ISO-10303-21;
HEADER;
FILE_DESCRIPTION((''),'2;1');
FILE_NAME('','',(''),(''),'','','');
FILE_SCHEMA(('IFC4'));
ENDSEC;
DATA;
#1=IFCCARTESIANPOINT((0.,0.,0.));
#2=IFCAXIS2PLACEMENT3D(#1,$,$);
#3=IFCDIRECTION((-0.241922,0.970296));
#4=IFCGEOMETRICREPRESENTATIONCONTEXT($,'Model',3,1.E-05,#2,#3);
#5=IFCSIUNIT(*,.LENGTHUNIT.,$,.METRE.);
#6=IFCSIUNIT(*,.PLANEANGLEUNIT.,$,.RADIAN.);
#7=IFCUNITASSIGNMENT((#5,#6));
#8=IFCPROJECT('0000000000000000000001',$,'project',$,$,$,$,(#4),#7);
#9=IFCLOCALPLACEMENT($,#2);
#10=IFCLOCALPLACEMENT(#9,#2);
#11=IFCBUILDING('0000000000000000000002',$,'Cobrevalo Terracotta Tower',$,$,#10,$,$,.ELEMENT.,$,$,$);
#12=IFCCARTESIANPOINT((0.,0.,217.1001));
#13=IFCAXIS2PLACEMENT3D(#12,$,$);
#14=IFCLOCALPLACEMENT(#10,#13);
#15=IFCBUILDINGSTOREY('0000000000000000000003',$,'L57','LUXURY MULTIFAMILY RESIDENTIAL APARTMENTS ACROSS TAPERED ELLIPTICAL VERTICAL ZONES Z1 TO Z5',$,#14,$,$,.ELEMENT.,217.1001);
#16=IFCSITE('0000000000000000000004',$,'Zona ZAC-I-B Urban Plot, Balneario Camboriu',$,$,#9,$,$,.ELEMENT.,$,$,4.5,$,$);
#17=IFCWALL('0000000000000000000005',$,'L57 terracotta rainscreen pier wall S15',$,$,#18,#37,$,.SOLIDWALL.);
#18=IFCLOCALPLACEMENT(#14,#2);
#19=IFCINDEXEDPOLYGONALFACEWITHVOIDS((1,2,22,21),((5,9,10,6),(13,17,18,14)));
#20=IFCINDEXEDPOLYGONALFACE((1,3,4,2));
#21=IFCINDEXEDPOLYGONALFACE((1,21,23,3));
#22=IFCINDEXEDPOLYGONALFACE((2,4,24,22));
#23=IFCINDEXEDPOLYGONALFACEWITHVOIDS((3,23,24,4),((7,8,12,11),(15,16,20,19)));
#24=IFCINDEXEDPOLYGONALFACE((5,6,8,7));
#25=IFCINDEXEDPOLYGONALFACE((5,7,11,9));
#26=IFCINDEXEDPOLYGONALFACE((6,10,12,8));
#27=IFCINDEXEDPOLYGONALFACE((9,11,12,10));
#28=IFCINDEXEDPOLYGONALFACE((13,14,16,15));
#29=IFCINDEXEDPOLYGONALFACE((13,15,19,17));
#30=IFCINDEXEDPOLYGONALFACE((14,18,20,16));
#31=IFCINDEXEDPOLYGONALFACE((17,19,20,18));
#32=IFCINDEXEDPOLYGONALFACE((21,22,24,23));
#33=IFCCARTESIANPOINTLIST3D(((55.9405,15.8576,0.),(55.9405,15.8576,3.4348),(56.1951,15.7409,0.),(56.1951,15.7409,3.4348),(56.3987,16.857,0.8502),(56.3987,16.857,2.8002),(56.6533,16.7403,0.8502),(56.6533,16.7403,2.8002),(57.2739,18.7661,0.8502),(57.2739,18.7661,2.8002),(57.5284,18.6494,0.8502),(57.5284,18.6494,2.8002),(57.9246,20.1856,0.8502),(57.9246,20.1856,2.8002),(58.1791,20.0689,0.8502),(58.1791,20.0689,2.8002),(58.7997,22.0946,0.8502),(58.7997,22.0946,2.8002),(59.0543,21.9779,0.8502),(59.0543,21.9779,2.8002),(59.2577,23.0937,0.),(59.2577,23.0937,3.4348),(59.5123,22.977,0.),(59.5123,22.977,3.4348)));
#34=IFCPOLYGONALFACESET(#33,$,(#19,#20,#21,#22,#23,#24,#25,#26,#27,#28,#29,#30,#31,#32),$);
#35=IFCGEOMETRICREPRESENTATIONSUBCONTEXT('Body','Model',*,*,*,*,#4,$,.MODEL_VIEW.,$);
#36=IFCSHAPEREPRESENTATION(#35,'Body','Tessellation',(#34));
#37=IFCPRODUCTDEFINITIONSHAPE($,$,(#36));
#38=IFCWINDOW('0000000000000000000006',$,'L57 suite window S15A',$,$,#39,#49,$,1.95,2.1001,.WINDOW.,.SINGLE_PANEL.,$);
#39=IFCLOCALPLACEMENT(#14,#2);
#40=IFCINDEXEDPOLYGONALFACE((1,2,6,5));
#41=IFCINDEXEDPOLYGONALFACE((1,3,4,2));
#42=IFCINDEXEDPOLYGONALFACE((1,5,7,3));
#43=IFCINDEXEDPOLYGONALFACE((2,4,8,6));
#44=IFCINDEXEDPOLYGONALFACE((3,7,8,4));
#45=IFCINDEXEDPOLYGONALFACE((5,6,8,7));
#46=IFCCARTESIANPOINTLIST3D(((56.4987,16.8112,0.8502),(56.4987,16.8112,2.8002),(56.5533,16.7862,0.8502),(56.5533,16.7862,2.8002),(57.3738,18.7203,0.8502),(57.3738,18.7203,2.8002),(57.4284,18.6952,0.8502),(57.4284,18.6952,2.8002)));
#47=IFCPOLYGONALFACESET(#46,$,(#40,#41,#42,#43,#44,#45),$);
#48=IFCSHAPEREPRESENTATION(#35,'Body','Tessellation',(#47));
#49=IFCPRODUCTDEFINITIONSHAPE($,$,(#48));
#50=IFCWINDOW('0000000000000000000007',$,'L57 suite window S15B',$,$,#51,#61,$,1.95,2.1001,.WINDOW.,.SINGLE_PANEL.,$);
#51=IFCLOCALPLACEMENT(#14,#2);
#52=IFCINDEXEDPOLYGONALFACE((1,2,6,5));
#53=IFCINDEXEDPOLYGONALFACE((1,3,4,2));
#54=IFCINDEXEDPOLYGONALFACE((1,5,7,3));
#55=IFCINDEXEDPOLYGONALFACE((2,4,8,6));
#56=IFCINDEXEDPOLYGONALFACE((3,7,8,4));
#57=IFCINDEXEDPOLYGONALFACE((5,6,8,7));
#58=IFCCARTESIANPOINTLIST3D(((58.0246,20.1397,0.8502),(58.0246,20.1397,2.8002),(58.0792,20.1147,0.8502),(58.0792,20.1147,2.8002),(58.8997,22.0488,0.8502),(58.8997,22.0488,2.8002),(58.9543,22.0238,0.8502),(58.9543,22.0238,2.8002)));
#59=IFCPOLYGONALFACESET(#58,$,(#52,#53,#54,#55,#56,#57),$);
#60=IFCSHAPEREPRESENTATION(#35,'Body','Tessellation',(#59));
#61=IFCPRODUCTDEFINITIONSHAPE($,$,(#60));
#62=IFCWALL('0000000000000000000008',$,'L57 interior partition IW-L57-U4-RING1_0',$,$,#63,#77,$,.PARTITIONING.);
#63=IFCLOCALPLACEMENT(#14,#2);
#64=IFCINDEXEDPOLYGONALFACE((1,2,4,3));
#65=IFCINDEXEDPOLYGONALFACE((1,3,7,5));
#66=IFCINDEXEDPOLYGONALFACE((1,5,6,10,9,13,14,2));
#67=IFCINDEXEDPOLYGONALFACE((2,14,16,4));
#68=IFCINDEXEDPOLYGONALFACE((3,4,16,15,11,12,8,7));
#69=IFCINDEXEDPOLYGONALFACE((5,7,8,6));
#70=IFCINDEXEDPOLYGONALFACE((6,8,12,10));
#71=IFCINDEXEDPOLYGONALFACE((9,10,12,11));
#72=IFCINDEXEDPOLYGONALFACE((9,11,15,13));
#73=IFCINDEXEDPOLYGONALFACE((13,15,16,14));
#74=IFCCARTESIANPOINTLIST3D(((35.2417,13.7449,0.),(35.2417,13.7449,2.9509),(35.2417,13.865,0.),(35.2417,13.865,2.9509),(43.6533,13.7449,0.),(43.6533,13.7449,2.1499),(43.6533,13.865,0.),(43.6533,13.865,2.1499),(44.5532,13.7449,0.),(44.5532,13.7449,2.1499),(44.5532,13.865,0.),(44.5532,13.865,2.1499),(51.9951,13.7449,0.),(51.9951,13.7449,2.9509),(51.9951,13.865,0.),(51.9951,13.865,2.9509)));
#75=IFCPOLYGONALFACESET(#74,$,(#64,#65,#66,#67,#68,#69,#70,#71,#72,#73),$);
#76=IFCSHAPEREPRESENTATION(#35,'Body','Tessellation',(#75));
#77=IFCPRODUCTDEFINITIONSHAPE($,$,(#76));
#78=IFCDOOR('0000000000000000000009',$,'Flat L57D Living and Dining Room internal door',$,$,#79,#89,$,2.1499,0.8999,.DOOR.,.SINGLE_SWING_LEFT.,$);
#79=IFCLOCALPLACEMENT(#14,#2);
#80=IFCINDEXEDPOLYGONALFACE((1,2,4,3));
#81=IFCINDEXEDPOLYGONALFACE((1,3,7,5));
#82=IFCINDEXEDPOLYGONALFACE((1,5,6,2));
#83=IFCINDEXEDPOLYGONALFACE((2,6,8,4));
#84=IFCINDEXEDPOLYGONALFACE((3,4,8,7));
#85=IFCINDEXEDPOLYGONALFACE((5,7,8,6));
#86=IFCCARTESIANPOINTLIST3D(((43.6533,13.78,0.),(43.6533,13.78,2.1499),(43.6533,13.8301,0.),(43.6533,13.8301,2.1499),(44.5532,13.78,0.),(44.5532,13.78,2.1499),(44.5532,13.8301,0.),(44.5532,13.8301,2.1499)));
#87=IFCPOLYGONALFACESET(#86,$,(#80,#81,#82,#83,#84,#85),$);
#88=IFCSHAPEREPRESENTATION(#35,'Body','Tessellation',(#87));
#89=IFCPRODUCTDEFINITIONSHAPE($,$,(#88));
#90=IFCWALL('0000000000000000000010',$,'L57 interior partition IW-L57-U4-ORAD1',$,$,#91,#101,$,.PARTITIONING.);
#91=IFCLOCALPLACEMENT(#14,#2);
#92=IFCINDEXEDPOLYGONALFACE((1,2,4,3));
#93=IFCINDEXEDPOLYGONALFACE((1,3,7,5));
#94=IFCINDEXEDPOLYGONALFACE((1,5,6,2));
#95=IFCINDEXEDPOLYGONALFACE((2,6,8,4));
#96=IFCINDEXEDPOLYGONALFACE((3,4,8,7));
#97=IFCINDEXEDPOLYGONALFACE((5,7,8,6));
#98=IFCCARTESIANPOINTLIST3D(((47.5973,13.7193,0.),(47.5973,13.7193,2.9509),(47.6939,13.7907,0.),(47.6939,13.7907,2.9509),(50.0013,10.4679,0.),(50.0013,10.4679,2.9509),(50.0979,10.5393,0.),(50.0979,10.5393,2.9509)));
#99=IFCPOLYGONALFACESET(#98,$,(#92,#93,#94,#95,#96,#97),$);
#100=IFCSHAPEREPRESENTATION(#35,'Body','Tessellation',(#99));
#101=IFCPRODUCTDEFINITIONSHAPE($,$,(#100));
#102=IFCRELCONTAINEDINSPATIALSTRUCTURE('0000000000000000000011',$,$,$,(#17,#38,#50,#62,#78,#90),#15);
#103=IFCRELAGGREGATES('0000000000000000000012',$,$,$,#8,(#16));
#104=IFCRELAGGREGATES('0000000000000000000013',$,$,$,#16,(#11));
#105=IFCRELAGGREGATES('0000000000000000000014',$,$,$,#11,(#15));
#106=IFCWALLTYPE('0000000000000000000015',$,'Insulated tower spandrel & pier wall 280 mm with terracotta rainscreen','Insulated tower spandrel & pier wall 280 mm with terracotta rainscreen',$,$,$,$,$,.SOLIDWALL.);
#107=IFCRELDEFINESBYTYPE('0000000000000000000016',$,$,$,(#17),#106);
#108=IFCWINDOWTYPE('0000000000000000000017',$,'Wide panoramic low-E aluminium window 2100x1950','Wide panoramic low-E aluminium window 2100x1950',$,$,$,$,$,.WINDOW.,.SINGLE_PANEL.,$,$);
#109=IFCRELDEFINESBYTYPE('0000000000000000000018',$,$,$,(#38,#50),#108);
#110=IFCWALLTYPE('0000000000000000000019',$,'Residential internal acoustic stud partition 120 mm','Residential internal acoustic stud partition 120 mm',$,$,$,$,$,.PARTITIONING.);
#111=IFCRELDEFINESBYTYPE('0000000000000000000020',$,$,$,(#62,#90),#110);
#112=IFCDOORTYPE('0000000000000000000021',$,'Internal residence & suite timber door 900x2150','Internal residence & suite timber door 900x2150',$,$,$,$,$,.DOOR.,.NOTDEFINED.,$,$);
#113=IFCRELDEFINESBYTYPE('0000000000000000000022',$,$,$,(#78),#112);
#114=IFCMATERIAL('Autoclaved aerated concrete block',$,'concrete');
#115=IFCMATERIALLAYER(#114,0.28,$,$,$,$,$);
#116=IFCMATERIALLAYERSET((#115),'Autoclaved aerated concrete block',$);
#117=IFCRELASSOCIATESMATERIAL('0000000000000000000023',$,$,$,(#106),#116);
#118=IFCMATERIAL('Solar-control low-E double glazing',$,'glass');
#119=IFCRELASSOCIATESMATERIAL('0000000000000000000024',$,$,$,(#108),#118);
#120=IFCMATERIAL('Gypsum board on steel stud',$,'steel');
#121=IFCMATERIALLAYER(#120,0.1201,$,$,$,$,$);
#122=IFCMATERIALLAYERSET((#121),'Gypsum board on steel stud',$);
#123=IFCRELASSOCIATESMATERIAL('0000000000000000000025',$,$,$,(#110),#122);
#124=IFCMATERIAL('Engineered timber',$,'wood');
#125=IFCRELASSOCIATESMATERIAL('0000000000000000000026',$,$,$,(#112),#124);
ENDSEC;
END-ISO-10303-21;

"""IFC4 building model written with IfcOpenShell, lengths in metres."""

from ifc_helpers import new_model, si_unit, direction, frame, frame_2d, origin, place, context, subcontext, project, spatial, rectangle, extrude, source, transform, mapped, material, layer, layer_set, type_object, element, fill, save


model = new_model("IFC4")

# Units and contexts
model_context = context("Model", 3, precision=1e-05, world=origin(), true_north=direction((-0.241922, 0.970296)))
body_context = subcontext(model_context, "Body", "Model", "MODEL_VIEW")
ifc_project = project(units=[si_unit("LENGTHUNIT", "METRE"), si_unit("PLANEANGLEUNIT", "RADIAN")], contexts=[model_context])

# Site, building, storey
site_placement = place(None, origin())
site = spatial("IfcSite", under=ifc_project, at=site_placement, Name="Zona ZAC-I-B Urban Plot, Balneario Camboriu", CompositionType="ELEMENT", RefElevation=4.5)
building_placement = place(site_placement, origin())
building = spatial("IfcBuilding", under=site, at=building_placement, Name="Cobrevalo Terracotta Tower", CompositionType="ELEMENT")
storey_placement = place(building_placement, frame((0.0, 0.0, 217.1001)))
storey = spatial("IfcBuildingStorey", under=building, at=storey_placement, Name="L57", Description="LUXURY MULTIFAMILY RESIDENTIAL APARTMENTS ACROSS TAPERED ELLIPTICAL VERTICAL ZONES Z1 TO Z5", CompositionType="ELEMENT", Elevation=217.1001)

# Shared definitions
ifc_material_1 = material(Name="Solar-control low-E double glazing", Category="glass")

# Wall, openings, windows
ifc_material_2 = material(Name="Autoclaved aerated concrete block", Category="concrete")
ifc_layer_1 = layer(ifc_material_2, 0.28)
ifc_layer_set_1 = layer_set([ifc_layer_1], Name="Autoclaved aerated concrete block")
wall_type_1 = type_object("IfcWallType", Name="Insulated tower spandrel & pier wall 280 mm with terracotta rainscreen", Description="Insulated tower spandrel & pier wall 280 mm with terracotta rainscreen", PredefinedType="SOLIDWALL", material=ifc_layer_set_1)
wall_1_placement = place(storey_placement, frame((56.0679, 15.7993, 0.0), z_axis=(0.0, 0.0, 1.0), x_axis=(0.416717, 0.909036, 0.0)))
wall_1 = element("IfcWall", 1, at=wall_1_placement, inside=storey, type_object=wall_type_1, Name="L57 terracotta rainscreen pier wall S15", PredefinedType="SOLIDWALL", context=body_context, shape_type="SweptSolid", body=[
    extrude(rectangle(XDim=7.9602, YDim=0.28, at=frame_2d((3.98, 0.0))), origin(), (0.0, 0.0, 1.0), 3.4348),
])
opening_1_placement = place(wall_1_placement, frame((1.0994, 0.0, 0.8501)))
opening_1 = element("IfcOpeningElement", 2, at=opening_1_placement, cuts=wall_1, PredefinedType="OPENING", context=body_context, shape_type="SweptSolid", body=[
    extrude(rectangle(XDim=2.1001, YDim=1.95, at=frame_2d((1.05, 0.9751))), frame((0.0, 0.1499, 0.0), z_axis=(0.0, -1.0, 0.0), x_axis=(1.0, 0.0, 0.0)), (0.0, 0.0, 1.0), 0.3),
])
opening_2_placement = place(wall_1_placement, frame((4.761, 0.0, 0.8501)))
opening_2 = element("IfcOpeningElement", 3, at=opening_2_placement, cuts=wall_1, PredefinedType="OPENING", context=body_context, shape_type="SweptSolid", body=[
    extrude(rectangle(XDim=2.1001, YDim=1.95, at=frame_2d((1.05, 0.9751))), frame((0.0, 0.1499, 0.0), z_axis=(0.0, -1.0, 0.0), x_axis=(1.0, 0.0, 0.0)), (0.0, 0.0, 1.0), 0.3),
])
window_type = type_object("IfcWindowType", Name="Wide panoramic low-E aluminium window 2100x1950", Description="Wide panoramic low-E aluminium window 2100x1950", PartitioningType="SINGLE_PANEL", PredefinedType="WINDOW", material=ifc_material_1)
shared_shape_1 = source(origin(), body_context, "Body", "SweptSolid", [
    extrude(rectangle(XDim=2.1001, YDim=1.95, at=frame_2d((1.05, 0.9751))), frame((0.0, 0.03, 0.0), z_axis=(0.0, -1.0, 0.0), x_axis=(1.0, 0.0, 0.0)), (0.0, 0.0, 1.0), 0.0601),
])
window_1_placement = place(opening_1_placement, origin())
window_1 = element("IfcWindow", 4, at=window_1_placement, inside=storey, type_object=window_type, Name="L57 suite window S15A", OverallHeight=1.95, OverallWidth=2.1001, PartitioningType="SINGLE_PANEL", PredefinedType="WINDOW", context=body_context, shape_type="MappedRepresentation", body=[
    mapped(shared_shape_1, transform((0.0, 0.0, 0.0), scale=1.0)),
])
fill(opening_1, window_1)
window_2_placement = place(opening_2_placement, origin())
window_2 = element("IfcWindow", 5, at=window_2_placement, inside=storey, type_object=window_type, Name="L57 suite window S15B", OverallHeight=1.95, OverallWidth=2.1001, PartitioningType="SINGLE_PANEL", PredefinedType="WINDOW", context=body_context, shape_type="MappedRepresentation", body=[
    mapped(shared_shape_1, transform((0.0, 0.0, 0.0), scale=1.0)),
])
fill(opening_2, window_2)

# Wall, opening, door
ifc_material_3 = material(Name="Gypsum board on steel stud", Category="steel")
ifc_layer_2 = layer(ifc_material_3, 0.1201)
ifc_layer_set_2 = layer_set([ifc_layer_2], Name="Gypsum board on steel stud")
wall_type_2 = type_object("IfcWallType", Name="Residential internal acoustic stud partition 120 mm", Description="Residential internal acoustic stud partition 120 mm", PredefinedType="PARTITIONING", material=ifc_layer_set_2)
wall_2_placement = place(storey_placement, frame((51.9951, 13.8049, 0.0), z_axis=(0.0, 0.0, 1.0), x_axis=(-1.0, 0.0, 0.0)))
wall_2 = element("IfcWall", 6, at=wall_2_placement, inside=storey, type_object=wall_type_2, Name="L57 interior partition IW-L57-U4-RING1_0", PredefinedType="PARTITIONING", context=body_context, shape_type="SweptSolid", body=[
    extrude(rectangle(XDim=16.7534, YDim=0.1201, at=frame_2d((8.3767, 0.0))), origin(), (0.0, 0.0, 1.0), 2.9509),
])
opening_3_placement = place(wall_2_placement, frame((7.4419, 0.0, 0.0)))
opening_3 = element("IfcOpeningElement", 7, at=opening_3_placement, cuts=wall_2, PredefinedType="OPENING", context=body_context, shape_type="SweptSolid", body=[
    extrude(rectangle(XDim=0.8999, YDim=2.1499, at=frame_2d((0.45, 1.075))), frame((0.0, 0.0701, 0.0), z_axis=(0.0, -1.0, 0.0), x_axis=(1.0, 0.0, 0.0)), (0.0, 0.0, 1.0), 0.1401),
])
ifc_material_4 = material(Name="Engineered timber", Category="wood")
door_type = type_object("IfcDoorType", Name="Internal residence & suite timber door 900x2150", Description="Internal residence & suite timber door 900x2150", OperationType="NOTDEFINED", PredefinedType="DOOR", material=ifc_material_4)
shared_shape_2 = source(origin(), body_context, "Body", "SweptSolid", [
    extrude(rectangle(XDim=0.8999, YDim=2.1499, at=frame_2d((0.45, 1.075))), frame((0.0, 0.0249, 0.0), z_axis=(0.0, -1.0, 0.0), x_axis=(1.0, 0.0, 0.0)), (0.0, 0.0, 1.0), 0.05),
])
door_1_placement = place(opening_3_placement, origin())
door_1 = element("IfcDoor", 8, at=door_1_placement, inside=storey, type_object=door_type, Name="Flat L57D Living and Dining Room internal door", OperationType="SINGLE_SWING_LEFT", OverallHeight=2.1499, OverallWidth=0.8999, PredefinedType="DOOR", context=body_context, shape_type="MappedRepresentation", body=[
    mapped(shared_shape_2, transform((0.0, 0.0, 0.0), scale=1.0)),
])
fill(opening_3, door_1)

# Wall
wall_3_placement = place(storey_placement, frame((47.6455, 13.7551, 0.0), z_axis=(0.0, 0.0, 1.0), x_axis=(0.594518, -0.804082, 0.0)))
element("IfcWall", 9, at=wall_3_placement, inside=storey, type_object=wall_type_2, Name="L57 interior partition IW-L57-U4-ORAD1", PredefinedType="PARTITIONING", context=body_context, shape_type="SweptSolid", body=[
    extrude(rectangle(XDim=4.0437, YDim=0.1201, at=frame_2d((2.022, 0.0))), origin(), (0.0, 0.0, 1.0), 2.9509),
])

save(model, "model.ifc")
